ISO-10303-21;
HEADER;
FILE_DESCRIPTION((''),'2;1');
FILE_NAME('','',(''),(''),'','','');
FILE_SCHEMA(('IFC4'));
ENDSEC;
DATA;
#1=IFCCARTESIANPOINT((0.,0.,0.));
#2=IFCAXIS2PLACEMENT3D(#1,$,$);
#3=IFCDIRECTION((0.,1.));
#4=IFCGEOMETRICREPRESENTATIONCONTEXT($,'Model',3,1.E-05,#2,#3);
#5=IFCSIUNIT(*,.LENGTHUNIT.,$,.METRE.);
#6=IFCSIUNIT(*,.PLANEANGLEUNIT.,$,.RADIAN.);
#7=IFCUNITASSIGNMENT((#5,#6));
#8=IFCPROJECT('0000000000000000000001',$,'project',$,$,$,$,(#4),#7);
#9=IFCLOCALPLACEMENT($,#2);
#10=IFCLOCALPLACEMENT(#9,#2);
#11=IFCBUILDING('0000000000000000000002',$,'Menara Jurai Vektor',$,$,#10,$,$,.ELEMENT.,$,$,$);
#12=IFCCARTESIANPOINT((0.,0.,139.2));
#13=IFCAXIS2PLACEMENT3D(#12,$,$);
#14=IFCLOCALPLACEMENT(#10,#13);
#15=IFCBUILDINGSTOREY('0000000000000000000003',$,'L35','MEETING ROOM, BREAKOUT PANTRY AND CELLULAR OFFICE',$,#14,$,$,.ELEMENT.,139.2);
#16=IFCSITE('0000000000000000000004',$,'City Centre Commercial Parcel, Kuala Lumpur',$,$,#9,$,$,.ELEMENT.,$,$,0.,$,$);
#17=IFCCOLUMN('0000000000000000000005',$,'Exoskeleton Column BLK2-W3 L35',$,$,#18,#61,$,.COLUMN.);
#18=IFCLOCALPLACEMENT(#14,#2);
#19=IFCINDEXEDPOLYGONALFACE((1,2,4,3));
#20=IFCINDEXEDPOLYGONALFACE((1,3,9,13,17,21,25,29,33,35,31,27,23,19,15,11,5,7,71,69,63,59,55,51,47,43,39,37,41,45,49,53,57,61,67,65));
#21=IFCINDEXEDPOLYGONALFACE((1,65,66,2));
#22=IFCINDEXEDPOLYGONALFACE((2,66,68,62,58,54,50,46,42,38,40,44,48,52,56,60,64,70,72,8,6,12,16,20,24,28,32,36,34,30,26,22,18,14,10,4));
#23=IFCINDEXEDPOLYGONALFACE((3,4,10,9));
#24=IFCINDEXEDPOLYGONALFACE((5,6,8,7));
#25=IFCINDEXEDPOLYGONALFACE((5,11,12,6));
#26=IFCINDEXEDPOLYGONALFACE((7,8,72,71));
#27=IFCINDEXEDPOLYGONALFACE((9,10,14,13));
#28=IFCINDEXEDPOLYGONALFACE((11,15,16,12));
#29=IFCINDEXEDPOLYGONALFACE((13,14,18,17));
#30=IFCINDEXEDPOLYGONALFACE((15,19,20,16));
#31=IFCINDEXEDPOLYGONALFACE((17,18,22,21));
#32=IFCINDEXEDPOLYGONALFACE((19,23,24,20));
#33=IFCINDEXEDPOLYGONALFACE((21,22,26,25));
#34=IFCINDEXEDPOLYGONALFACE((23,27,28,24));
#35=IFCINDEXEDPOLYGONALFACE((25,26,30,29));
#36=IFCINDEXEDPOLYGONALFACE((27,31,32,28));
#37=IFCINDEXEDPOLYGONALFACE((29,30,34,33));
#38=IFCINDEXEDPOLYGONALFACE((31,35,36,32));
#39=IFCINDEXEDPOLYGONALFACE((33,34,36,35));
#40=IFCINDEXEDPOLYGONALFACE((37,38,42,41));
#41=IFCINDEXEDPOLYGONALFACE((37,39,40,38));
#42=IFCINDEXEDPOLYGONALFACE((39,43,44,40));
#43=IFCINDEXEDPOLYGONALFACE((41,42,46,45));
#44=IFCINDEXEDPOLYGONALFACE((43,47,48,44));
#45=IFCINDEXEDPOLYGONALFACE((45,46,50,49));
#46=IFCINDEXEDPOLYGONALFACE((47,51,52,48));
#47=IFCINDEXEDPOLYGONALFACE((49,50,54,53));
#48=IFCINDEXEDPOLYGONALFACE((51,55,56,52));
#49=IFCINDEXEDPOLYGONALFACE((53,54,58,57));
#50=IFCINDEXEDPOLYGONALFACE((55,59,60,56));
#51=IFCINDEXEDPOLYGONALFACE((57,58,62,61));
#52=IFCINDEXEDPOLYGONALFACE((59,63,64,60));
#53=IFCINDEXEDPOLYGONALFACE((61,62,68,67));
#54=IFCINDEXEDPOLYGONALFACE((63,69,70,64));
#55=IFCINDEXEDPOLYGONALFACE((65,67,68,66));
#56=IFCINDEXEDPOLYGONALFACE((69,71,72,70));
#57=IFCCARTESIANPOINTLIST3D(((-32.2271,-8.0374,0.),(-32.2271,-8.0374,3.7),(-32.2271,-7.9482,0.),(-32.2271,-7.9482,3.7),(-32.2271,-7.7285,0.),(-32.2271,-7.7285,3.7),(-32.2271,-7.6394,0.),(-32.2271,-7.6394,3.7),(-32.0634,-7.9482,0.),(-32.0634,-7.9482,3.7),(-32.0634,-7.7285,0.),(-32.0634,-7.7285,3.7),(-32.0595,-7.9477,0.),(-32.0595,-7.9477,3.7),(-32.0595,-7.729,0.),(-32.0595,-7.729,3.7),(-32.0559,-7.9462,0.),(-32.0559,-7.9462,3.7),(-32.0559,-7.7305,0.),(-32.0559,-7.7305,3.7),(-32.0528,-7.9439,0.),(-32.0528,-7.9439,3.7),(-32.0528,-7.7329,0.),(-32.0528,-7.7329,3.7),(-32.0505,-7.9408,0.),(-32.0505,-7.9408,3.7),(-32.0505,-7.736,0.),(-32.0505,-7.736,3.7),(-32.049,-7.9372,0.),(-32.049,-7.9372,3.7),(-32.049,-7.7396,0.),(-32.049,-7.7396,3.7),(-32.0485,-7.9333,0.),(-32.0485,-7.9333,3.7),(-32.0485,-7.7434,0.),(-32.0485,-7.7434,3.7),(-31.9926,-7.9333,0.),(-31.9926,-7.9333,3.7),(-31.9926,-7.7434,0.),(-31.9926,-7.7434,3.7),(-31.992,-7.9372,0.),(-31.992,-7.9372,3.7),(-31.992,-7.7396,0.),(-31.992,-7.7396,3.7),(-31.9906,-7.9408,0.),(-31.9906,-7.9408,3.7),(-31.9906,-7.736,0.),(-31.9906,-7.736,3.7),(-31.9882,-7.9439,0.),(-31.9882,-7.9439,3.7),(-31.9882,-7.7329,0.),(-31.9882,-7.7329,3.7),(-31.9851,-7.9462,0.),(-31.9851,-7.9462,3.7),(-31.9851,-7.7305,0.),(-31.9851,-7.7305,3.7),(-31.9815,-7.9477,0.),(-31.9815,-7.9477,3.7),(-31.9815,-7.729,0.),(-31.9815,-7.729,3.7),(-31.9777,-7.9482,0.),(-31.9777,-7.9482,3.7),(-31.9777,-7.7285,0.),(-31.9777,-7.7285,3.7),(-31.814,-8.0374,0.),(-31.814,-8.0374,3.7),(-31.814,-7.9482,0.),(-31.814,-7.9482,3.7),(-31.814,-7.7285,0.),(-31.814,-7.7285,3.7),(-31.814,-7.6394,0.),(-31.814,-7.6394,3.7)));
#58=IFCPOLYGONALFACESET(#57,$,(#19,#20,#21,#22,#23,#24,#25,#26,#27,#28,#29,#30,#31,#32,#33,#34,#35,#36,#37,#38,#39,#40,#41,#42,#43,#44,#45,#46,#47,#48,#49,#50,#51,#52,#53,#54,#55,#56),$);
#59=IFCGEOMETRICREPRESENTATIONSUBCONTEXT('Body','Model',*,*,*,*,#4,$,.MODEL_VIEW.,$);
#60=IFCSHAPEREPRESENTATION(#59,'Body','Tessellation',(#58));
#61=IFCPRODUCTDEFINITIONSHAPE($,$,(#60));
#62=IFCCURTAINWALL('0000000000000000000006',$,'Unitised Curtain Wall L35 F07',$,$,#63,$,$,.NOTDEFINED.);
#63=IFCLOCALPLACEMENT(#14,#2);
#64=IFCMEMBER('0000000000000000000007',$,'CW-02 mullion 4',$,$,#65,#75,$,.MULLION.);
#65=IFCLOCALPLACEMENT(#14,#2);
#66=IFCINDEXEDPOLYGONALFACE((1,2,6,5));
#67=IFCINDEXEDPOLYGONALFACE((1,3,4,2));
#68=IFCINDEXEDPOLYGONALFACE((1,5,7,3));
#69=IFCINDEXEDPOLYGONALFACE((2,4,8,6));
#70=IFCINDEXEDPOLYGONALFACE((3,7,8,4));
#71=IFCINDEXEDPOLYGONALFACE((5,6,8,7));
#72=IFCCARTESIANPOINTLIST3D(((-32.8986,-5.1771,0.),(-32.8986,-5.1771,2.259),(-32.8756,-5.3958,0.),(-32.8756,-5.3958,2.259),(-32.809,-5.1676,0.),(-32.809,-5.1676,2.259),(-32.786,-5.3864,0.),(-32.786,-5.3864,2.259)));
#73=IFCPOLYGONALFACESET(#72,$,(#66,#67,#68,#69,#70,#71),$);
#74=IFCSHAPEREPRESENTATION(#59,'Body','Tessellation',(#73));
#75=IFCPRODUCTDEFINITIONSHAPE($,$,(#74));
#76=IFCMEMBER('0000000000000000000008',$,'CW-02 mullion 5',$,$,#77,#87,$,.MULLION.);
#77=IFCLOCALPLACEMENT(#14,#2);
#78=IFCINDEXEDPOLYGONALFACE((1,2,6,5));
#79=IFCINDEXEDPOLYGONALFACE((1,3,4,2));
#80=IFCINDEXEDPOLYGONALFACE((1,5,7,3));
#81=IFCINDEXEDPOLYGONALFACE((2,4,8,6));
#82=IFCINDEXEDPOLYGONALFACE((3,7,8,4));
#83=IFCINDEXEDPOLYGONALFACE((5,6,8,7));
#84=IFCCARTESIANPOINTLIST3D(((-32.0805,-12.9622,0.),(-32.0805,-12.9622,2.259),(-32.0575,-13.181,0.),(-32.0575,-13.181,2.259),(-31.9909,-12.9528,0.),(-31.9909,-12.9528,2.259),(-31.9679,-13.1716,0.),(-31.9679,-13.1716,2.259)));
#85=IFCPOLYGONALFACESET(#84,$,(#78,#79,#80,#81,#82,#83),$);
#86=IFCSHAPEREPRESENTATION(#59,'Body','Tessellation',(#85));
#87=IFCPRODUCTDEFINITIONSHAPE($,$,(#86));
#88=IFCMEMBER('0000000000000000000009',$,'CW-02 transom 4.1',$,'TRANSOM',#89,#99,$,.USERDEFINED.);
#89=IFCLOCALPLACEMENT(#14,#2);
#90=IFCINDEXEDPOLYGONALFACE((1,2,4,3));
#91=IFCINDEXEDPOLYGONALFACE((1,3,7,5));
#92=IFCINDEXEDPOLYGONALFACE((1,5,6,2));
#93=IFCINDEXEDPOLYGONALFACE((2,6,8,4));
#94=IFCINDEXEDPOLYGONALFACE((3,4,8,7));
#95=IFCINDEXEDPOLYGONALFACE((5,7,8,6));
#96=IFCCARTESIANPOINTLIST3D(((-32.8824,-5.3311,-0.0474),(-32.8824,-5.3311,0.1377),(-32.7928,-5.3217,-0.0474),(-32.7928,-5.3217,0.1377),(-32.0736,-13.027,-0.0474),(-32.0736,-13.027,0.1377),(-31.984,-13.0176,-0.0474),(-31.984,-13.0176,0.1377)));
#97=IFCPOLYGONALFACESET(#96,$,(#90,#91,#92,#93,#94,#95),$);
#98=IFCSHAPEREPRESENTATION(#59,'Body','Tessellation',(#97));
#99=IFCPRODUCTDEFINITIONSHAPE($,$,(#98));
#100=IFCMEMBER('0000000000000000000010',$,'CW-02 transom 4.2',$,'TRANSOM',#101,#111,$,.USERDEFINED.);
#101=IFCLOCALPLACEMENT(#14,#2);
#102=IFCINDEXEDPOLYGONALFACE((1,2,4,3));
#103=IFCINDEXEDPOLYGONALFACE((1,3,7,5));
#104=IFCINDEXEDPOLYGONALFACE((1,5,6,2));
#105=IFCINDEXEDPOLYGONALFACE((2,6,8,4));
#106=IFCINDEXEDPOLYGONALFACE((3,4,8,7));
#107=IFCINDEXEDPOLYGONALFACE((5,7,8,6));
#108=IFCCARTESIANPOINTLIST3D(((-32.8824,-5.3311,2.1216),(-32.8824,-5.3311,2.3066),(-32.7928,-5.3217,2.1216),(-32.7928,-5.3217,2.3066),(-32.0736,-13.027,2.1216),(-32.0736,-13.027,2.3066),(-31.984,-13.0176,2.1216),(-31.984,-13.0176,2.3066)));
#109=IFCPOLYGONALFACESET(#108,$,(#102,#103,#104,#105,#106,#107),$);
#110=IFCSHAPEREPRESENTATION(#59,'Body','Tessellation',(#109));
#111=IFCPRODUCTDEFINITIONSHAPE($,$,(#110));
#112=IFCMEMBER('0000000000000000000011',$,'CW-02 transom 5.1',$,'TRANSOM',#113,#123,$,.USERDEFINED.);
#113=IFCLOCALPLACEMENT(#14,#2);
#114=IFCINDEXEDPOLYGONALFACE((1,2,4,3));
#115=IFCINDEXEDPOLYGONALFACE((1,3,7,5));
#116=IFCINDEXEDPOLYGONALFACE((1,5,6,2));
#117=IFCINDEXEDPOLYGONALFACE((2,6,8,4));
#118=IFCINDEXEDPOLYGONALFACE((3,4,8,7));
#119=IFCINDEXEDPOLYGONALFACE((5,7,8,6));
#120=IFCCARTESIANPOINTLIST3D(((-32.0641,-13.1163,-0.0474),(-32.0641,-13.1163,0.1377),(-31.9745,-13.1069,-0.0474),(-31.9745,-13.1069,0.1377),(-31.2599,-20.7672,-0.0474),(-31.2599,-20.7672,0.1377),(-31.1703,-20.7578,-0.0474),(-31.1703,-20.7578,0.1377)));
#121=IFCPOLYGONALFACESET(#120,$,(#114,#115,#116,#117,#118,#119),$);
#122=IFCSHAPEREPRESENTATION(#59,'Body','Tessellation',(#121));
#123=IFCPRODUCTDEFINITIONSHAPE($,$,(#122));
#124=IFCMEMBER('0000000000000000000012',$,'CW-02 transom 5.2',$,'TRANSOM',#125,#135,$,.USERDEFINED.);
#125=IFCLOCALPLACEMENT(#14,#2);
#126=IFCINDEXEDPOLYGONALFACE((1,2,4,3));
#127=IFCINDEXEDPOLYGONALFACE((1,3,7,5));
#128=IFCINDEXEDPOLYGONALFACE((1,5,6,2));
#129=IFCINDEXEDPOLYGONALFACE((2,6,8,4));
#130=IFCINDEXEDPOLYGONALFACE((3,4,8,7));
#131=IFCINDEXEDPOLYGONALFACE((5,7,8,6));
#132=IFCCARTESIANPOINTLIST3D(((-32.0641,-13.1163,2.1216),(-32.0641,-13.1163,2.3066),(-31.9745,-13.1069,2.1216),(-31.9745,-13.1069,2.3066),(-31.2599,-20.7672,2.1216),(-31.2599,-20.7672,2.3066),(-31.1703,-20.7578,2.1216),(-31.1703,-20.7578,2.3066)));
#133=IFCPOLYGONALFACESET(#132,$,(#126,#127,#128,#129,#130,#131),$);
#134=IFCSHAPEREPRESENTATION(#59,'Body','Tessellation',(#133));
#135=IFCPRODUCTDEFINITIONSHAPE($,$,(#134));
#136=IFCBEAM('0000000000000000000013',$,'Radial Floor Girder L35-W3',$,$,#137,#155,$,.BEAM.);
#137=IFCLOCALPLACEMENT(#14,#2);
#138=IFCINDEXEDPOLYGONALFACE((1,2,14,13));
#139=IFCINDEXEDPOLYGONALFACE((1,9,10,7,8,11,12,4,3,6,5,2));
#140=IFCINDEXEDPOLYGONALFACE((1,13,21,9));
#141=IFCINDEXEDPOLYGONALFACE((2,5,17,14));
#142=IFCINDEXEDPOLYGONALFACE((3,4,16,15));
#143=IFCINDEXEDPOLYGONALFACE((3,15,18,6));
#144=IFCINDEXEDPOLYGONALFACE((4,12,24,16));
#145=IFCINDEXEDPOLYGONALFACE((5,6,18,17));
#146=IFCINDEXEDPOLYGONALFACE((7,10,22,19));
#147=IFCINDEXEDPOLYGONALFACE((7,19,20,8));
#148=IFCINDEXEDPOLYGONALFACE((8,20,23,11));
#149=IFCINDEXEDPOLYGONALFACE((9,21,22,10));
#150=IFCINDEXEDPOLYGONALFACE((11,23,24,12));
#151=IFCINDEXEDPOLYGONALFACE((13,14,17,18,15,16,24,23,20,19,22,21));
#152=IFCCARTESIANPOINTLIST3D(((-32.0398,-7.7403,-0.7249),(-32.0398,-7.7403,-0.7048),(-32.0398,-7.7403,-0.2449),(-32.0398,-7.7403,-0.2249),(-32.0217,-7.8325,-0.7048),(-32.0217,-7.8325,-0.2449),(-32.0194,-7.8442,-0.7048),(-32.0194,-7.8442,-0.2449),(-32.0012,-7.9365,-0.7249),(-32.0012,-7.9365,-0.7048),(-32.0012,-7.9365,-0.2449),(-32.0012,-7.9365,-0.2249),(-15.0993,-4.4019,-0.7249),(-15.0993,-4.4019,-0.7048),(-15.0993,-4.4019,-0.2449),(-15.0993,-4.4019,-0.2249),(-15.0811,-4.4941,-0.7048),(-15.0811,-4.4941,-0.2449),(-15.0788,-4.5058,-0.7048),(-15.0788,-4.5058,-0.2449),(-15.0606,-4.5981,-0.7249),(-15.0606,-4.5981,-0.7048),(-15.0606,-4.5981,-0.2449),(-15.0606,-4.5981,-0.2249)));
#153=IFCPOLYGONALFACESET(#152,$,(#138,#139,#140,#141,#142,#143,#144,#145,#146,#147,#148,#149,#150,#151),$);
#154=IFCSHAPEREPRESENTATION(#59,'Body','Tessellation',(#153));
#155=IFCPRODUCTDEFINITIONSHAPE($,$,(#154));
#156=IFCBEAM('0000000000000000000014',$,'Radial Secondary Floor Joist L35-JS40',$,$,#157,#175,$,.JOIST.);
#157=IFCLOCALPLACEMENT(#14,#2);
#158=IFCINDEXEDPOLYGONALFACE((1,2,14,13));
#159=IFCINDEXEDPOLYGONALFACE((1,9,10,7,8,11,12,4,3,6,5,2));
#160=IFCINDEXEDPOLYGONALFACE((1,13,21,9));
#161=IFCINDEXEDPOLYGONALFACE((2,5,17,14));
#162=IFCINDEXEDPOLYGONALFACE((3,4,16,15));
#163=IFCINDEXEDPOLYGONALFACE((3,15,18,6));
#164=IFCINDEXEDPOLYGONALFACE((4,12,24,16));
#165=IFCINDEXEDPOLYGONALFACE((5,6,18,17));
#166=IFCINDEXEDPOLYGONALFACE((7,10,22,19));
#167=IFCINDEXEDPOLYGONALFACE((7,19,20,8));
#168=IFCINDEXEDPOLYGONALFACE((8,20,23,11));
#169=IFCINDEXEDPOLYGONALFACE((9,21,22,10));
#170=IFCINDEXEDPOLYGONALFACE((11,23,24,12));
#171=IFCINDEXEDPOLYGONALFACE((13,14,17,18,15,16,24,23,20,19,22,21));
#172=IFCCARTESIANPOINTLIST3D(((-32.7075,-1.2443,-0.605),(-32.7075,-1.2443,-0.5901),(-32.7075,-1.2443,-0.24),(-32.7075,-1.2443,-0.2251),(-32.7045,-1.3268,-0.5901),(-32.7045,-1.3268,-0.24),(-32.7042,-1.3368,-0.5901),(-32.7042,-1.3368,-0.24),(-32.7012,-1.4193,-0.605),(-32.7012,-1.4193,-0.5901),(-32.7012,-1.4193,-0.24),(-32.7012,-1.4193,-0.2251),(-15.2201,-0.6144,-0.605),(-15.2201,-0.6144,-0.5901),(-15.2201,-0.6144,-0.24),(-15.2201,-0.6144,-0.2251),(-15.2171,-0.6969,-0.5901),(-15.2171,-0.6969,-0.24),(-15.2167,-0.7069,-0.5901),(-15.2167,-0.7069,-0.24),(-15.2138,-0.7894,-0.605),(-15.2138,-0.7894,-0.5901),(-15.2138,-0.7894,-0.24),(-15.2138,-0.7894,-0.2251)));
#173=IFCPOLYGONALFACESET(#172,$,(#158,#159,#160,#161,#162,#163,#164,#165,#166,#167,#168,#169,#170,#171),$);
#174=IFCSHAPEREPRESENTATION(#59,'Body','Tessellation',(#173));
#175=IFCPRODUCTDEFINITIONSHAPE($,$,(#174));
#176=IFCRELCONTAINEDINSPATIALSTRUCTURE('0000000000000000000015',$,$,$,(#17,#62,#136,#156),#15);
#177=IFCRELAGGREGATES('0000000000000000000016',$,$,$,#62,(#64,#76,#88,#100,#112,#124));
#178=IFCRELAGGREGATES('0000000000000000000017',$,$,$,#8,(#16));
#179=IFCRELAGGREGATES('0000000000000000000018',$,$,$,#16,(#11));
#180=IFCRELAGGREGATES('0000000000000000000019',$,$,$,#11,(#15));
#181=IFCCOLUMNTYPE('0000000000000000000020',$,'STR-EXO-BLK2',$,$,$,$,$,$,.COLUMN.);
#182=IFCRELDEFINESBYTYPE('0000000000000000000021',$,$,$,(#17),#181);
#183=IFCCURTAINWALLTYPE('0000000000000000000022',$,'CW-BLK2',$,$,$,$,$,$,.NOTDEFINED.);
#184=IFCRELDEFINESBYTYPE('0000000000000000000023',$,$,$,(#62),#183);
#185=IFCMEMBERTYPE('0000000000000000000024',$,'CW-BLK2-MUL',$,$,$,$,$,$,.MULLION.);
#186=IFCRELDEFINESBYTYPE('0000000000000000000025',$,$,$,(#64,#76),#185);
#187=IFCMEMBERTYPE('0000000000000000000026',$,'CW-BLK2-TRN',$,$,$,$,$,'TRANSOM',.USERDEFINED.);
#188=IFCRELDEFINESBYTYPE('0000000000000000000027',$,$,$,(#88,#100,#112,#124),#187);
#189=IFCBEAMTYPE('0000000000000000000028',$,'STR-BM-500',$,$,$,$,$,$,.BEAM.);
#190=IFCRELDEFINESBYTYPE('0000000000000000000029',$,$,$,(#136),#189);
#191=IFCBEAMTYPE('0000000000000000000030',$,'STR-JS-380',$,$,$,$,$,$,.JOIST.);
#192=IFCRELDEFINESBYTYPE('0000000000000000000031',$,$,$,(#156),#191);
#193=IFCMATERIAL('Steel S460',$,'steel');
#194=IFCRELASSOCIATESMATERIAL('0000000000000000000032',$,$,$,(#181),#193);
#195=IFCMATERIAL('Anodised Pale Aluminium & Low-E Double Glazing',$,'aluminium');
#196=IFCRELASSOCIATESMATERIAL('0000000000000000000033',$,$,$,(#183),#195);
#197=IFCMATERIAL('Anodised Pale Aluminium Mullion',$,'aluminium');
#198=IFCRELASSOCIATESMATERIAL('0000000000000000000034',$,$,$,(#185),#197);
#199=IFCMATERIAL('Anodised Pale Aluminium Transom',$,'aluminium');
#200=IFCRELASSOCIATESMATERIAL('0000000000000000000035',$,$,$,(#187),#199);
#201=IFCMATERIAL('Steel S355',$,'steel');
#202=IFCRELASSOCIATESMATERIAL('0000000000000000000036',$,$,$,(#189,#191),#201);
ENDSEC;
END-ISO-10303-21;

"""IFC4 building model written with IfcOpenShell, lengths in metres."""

from ifc_helpers import new_model, si_unit, direction, frame, origin, origin_2d, place, context, subcontext, project, spatial, rectangle, i_section, extrude, material, material_profile, profile_set, type_object, element, aggregate, save


model = new_model("IFC4")

# Units and contexts
model_context = context("Model", 3, precision=1e-05, world=origin(), true_north=direction((0.0, 1.0)))
body_context = subcontext(model_context, "Body", "Model", "MODEL_VIEW")
ifc_project = project(units=[si_unit("LENGTHUNIT", "METRE"), si_unit("PLANEANGLEUNIT", "RADIAN")], contexts=[model_context])

# Site, building, storey
site_placement = place(None, origin())
site = spatial("IfcSite", under=ifc_project, at=site_placement, Name="City Centre Commercial Parcel, Kuala Lumpur", CompositionType="ELEMENT", RefElevation=0.0)
building_placement = place(site_placement, origin())
building = spatial("IfcBuilding", under=site, at=building_placement, Name="Menara Jurai Vektor", CompositionType="ELEMENT")
storey_placement = place(building_placement, frame((0.0, 0.0, 139.2)))
storey = spatial("IfcBuildingStorey", under=building, at=storey_placement, Name="L35", Description="MEETING ROOM, BREAKOUT PANTRY AND CELLULAR OFFICE", CompositionType="ELEMENT", Elevation=139.2)

# Column
ifc_material_1 = material(Name="Steel S460", Category="steel")
ifc_material_profile_1 = material_profile(ifc_material_1, i_section(OverallWidth=0.4131, OverallDepth=0.3979, WebThickness=0.0559, FlangeThickness=0.0891, FilletRadius=0.0149, at=origin_2d()), Name="HD 400x744")
ifc_profile_set_1 = profile_set([ifc_material_profile_1], Name="Steel S460")
column_type = type_object("IfcColumnType", Name="STR-EXO-BLK2", PredefinedType="COLUMN", material=ifc_profile_set_1)
column_placement = place(storey_placement, frame((-32.0205, -7.8384, 0.0), z_axis=(0.0, 0.0, 1.0), x_axis=(1.0, 0.0, 0.0)))
element("IfcColumn", 1, at=column_placement, inside=storey, type_object=column_type, Name="Exoskeleton Column BLK2-W3 L35", PredefinedType="COLUMN", context=body_context, shape_type="SweptSolid", body=[
    extrude(i_section(OverallWidth=0.4131, OverallDepth=0.3979, WebThickness=0.0559, FlangeThickness=0.0891, FilletRadius=0.0149, at=origin_2d()), origin(), (0.0, 0.0, 1.0), 3.7),
])

# Curtain wall, members
ifc_material_2 = material(Name="Anodised Pale Aluminium & Low-E Double Glazing", Category="aluminium")
curtain_wall_type = type_object("IfcCurtainWallType", Name="CW-BLK2", PredefinedType="NOTDEFINED", material=ifc_material_2)
curtain_wall_placement = place(storey_placement, origin())
curtain_wall = element("IfcCurtainWall", 2, at=curtain_wall_placement, inside=storey, type_object=curtain_wall_type, Name="Unitised Curtain Wall L35 F07", PredefinedType="NOTDEFINED")
ifc_material_3 = material(Name="Anodised Pale Aluminium Mullion", Category="aluminium")
ifc_material_profile_2 = material_profile(ifc_material_3, rectangle(XDim=0.0901, YDim=0.22, at=origin_2d()), Name="ALU MUL 90x220")
ifc_profile_set_2 = profile_set([ifc_material_profile_2], Name="Anodised Pale Aluminium Mullion")
member_type_1 = type_object("IfcMemberType", Name="CW-BLK2-MUL", PredefinedType="MULLION", material=ifc_profile_set_2)
member_1_placement = place(storey_placement, frame((-32.8423, -5.2817, 0.0), z_axis=(0.0, 0.0, 1.0), x_axis=(0.994522, 0.10453, 0.0)))
member_1 = element("IfcMember", 3, at=member_1_placement, type_object=member_type_1, Name="CW-02 mullion 4", PredefinedType="MULLION", context=body_context, shape_type="SweptSolid", body=[
    extrude(rectangle(XDim=0.0901, YDim=0.22, at=origin_2d()), origin(), (0.0, 0.0, 1.0), 2.259),
])
member_2_placement = place(storey_placement, frame((-32.0242, -13.0669, 0.0), z_axis=(0.0, 0.0, 1.0), x_axis=(0.994522, 0.10453, 0.0)))
member_2 = element("IfcMember", 4, at=member_2_placement, type_object=member_type_1, Name="CW-02 mullion 5", PredefinedType="MULLION", context=body_context, shape_type="SweptSolid", body=[
    extrude(rectangle(XDim=0.0901, YDim=0.22, at=origin_2d()), origin(), (0.0, 0.0, 1.0), 2.259),
])
ifc_material_4 = material(Name="Anodised Pale Aluminium Transom", Category="aluminium")
ifc_material_profile_3 = material_profile(ifc_material_4, rectangle(XDim=0.0901, YDim=0.1851, at=origin_2d()), Name="ALU TRN 90x185")
ifc_profile_set_3 = profile_set([ifc_material_profile_3], Name="Anodised Pale Aluminium Transom")
member_type_2 = type_object("IfcMemberType", Name="CW-BLK2-TRN", ElementType="TRANSOM", PredefinedType="USERDEFINED", material=ifc_profile_set_3)
member_3_placement = place(storey_placement, frame((-32.8376, -5.3264, 0.0452), z_axis=(0.104525, -0.994522, 0.0), x_axis=(0.994522, 0.104525, 0.0)))
member_3 = element("IfcMember", 5, at=member_3_placement, type_object=member_type_2, Name="CW-02 transom 4.1", ObjectType="TRANSOM", PredefinedType="USERDEFINED", context=body_context, shape_type="SweptSolid", body=[
    extrude(rectangle(XDim=0.0901, YDim=0.1851, at=origin_2d()), origin(), (0.0, 0.0, 1.0), 7.7383),
])
member_4_placement = place(storey_placement, frame((-32.8376, -5.3264, 2.2141), z_axis=(0.104525, -0.994522, 0.0), x_axis=(0.994522, 0.104525, 0.0)))
member_4 = element("IfcMember", 6, at=member_4_placement, type_object=member_type_2, Name="CW-02 transom 4.2", ObjectType="TRANSOM", PredefinedType="USERDEFINED", context=body_context, shape_type="SweptSolid", body=[
    extrude(rectangle(XDim=0.0901, YDim=0.1851, at=origin_2d()), origin(), (0.0, 0.0, 1.0), 7.7383),
])
member_5_placement = place(storey_placement, frame((-32.0193, -13.1116, 0.0452), z_axis=(0.104536, -0.994521, 0.0), x_axis=(0.994521, 0.104536, 0.0)))
member_5 = element("IfcMember", 7, at=member_5_placement, type_object=member_type_2, Name="CW-02 transom 5.1", ObjectType="TRANSOM", PredefinedType="USERDEFINED", context=body_context, shape_type="SweptSolid", body=[
    extrude(rectangle(XDim=0.0901, YDim=0.1851, at=origin_2d()), origin(), (0.0, 0.0, 1.0), 7.6931),
])
member_6_placement = place(storey_placement, frame((-32.0193, -13.1116, 2.2141), z_axis=(0.104536, -0.994521, 0.0), x_axis=(0.994521, 0.104536, 0.0)))
member_6 = element("IfcMember", 8, at=member_6_placement, type_object=member_type_2, Name="CW-02 transom 5.2", ObjectType="TRANSOM", PredefinedType="USERDEFINED", context=body_context, shape_type="SweptSolid", body=[
    extrude(rectangle(XDim=0.0901, YDim=0.1851, at=origin_2d()), origin(), (0.0, 0.0, 1.0), 7.6931),
])

# Beams
ifc_material_5 = material(Name="Steel S355", Category="steel")
ifc_material_profile_4 = material_profile(ifc_material_5, i_section(OverallWidth=0.2, OverallDepth=0.5, WebThickness=0.012, FlangeThickness=0.02, at=origin_2d()), Name="PG 500x200x96")
ifc_profile_set_4 = profile_set([ifc_material_profile_4], Name="Steel S355")
beam_type_1 = type_object("IfcBeamType", Name="STR-BM-500", PredefinedType="BEAM", material=ifc_profile_set_4)
beam_1_placement = place(storey_placement, frame((-32.0205, -7.8384, -0.4749), z_axis=(0.98113, 0.193347, 0.0), x_axis=(-0.193347, 0.98113, 0.0)))
element("IfcBeam", 9, at=beam_1_placement, inside=storey, type_object=beam_type_1, Name="Radial Floor Girder L35-W3", PredefinedType="BEAM", context=body_context, shape_type="SweptSolid", body=[
    extrude(i_section(OverallWidth=0.2, OverallDepth=0.5, WebThickness=0.012, FlangeThickness=0.02, at=origin_2d()), origin(), (0.0, 0.0, 1.0), 17.2664),
])
ifc_material_profile_5 = material_profile(ifc_material_5, i_section(OverallWidth=0.175, OverallDepth=0.3799, WebThickness=0.01, FlangeThickness=0.0149, at=origin_2d()), Name="PG 380x175x58")
ifc_profile_set_5 = profile_set([ifc_material_profile_5], Name="Steel S355")
beam_type_2 = type_object("IfcBeamType", Name="STR-JS-380", PredefinedType="JOIST", material=ifc_profile_set_5)
beam_2_placement = place(storey_placement, frame((-32.7043, -1.3318, -0.415), z_axis=(0.999352, 0.035996, 0.0), x_axis=(-0.035996, 0.999352, 0.0)))
element("IfcBeam", 10, at=beam_2_placement, inside=storey, type_object=beam_type_2, Name="Radial Secondary Floor Joist L35-JS40", PredefinedType="JOIST", context=body_context, shape_type="SweptSolid", body=[
    extrude(i_section(OverallWidth=0.175, OverallDepth=0.3799, WebThickness=0.01, FlangeThickness=0.0149, at=origin_2d()), origin(), (0.0, 0.0, 1.0), 17.4988),
])

aggregate(curtain_wall, [member_1, member_2, member_3, member_4, member_5, member_6])

save(model, "model.ifc")
